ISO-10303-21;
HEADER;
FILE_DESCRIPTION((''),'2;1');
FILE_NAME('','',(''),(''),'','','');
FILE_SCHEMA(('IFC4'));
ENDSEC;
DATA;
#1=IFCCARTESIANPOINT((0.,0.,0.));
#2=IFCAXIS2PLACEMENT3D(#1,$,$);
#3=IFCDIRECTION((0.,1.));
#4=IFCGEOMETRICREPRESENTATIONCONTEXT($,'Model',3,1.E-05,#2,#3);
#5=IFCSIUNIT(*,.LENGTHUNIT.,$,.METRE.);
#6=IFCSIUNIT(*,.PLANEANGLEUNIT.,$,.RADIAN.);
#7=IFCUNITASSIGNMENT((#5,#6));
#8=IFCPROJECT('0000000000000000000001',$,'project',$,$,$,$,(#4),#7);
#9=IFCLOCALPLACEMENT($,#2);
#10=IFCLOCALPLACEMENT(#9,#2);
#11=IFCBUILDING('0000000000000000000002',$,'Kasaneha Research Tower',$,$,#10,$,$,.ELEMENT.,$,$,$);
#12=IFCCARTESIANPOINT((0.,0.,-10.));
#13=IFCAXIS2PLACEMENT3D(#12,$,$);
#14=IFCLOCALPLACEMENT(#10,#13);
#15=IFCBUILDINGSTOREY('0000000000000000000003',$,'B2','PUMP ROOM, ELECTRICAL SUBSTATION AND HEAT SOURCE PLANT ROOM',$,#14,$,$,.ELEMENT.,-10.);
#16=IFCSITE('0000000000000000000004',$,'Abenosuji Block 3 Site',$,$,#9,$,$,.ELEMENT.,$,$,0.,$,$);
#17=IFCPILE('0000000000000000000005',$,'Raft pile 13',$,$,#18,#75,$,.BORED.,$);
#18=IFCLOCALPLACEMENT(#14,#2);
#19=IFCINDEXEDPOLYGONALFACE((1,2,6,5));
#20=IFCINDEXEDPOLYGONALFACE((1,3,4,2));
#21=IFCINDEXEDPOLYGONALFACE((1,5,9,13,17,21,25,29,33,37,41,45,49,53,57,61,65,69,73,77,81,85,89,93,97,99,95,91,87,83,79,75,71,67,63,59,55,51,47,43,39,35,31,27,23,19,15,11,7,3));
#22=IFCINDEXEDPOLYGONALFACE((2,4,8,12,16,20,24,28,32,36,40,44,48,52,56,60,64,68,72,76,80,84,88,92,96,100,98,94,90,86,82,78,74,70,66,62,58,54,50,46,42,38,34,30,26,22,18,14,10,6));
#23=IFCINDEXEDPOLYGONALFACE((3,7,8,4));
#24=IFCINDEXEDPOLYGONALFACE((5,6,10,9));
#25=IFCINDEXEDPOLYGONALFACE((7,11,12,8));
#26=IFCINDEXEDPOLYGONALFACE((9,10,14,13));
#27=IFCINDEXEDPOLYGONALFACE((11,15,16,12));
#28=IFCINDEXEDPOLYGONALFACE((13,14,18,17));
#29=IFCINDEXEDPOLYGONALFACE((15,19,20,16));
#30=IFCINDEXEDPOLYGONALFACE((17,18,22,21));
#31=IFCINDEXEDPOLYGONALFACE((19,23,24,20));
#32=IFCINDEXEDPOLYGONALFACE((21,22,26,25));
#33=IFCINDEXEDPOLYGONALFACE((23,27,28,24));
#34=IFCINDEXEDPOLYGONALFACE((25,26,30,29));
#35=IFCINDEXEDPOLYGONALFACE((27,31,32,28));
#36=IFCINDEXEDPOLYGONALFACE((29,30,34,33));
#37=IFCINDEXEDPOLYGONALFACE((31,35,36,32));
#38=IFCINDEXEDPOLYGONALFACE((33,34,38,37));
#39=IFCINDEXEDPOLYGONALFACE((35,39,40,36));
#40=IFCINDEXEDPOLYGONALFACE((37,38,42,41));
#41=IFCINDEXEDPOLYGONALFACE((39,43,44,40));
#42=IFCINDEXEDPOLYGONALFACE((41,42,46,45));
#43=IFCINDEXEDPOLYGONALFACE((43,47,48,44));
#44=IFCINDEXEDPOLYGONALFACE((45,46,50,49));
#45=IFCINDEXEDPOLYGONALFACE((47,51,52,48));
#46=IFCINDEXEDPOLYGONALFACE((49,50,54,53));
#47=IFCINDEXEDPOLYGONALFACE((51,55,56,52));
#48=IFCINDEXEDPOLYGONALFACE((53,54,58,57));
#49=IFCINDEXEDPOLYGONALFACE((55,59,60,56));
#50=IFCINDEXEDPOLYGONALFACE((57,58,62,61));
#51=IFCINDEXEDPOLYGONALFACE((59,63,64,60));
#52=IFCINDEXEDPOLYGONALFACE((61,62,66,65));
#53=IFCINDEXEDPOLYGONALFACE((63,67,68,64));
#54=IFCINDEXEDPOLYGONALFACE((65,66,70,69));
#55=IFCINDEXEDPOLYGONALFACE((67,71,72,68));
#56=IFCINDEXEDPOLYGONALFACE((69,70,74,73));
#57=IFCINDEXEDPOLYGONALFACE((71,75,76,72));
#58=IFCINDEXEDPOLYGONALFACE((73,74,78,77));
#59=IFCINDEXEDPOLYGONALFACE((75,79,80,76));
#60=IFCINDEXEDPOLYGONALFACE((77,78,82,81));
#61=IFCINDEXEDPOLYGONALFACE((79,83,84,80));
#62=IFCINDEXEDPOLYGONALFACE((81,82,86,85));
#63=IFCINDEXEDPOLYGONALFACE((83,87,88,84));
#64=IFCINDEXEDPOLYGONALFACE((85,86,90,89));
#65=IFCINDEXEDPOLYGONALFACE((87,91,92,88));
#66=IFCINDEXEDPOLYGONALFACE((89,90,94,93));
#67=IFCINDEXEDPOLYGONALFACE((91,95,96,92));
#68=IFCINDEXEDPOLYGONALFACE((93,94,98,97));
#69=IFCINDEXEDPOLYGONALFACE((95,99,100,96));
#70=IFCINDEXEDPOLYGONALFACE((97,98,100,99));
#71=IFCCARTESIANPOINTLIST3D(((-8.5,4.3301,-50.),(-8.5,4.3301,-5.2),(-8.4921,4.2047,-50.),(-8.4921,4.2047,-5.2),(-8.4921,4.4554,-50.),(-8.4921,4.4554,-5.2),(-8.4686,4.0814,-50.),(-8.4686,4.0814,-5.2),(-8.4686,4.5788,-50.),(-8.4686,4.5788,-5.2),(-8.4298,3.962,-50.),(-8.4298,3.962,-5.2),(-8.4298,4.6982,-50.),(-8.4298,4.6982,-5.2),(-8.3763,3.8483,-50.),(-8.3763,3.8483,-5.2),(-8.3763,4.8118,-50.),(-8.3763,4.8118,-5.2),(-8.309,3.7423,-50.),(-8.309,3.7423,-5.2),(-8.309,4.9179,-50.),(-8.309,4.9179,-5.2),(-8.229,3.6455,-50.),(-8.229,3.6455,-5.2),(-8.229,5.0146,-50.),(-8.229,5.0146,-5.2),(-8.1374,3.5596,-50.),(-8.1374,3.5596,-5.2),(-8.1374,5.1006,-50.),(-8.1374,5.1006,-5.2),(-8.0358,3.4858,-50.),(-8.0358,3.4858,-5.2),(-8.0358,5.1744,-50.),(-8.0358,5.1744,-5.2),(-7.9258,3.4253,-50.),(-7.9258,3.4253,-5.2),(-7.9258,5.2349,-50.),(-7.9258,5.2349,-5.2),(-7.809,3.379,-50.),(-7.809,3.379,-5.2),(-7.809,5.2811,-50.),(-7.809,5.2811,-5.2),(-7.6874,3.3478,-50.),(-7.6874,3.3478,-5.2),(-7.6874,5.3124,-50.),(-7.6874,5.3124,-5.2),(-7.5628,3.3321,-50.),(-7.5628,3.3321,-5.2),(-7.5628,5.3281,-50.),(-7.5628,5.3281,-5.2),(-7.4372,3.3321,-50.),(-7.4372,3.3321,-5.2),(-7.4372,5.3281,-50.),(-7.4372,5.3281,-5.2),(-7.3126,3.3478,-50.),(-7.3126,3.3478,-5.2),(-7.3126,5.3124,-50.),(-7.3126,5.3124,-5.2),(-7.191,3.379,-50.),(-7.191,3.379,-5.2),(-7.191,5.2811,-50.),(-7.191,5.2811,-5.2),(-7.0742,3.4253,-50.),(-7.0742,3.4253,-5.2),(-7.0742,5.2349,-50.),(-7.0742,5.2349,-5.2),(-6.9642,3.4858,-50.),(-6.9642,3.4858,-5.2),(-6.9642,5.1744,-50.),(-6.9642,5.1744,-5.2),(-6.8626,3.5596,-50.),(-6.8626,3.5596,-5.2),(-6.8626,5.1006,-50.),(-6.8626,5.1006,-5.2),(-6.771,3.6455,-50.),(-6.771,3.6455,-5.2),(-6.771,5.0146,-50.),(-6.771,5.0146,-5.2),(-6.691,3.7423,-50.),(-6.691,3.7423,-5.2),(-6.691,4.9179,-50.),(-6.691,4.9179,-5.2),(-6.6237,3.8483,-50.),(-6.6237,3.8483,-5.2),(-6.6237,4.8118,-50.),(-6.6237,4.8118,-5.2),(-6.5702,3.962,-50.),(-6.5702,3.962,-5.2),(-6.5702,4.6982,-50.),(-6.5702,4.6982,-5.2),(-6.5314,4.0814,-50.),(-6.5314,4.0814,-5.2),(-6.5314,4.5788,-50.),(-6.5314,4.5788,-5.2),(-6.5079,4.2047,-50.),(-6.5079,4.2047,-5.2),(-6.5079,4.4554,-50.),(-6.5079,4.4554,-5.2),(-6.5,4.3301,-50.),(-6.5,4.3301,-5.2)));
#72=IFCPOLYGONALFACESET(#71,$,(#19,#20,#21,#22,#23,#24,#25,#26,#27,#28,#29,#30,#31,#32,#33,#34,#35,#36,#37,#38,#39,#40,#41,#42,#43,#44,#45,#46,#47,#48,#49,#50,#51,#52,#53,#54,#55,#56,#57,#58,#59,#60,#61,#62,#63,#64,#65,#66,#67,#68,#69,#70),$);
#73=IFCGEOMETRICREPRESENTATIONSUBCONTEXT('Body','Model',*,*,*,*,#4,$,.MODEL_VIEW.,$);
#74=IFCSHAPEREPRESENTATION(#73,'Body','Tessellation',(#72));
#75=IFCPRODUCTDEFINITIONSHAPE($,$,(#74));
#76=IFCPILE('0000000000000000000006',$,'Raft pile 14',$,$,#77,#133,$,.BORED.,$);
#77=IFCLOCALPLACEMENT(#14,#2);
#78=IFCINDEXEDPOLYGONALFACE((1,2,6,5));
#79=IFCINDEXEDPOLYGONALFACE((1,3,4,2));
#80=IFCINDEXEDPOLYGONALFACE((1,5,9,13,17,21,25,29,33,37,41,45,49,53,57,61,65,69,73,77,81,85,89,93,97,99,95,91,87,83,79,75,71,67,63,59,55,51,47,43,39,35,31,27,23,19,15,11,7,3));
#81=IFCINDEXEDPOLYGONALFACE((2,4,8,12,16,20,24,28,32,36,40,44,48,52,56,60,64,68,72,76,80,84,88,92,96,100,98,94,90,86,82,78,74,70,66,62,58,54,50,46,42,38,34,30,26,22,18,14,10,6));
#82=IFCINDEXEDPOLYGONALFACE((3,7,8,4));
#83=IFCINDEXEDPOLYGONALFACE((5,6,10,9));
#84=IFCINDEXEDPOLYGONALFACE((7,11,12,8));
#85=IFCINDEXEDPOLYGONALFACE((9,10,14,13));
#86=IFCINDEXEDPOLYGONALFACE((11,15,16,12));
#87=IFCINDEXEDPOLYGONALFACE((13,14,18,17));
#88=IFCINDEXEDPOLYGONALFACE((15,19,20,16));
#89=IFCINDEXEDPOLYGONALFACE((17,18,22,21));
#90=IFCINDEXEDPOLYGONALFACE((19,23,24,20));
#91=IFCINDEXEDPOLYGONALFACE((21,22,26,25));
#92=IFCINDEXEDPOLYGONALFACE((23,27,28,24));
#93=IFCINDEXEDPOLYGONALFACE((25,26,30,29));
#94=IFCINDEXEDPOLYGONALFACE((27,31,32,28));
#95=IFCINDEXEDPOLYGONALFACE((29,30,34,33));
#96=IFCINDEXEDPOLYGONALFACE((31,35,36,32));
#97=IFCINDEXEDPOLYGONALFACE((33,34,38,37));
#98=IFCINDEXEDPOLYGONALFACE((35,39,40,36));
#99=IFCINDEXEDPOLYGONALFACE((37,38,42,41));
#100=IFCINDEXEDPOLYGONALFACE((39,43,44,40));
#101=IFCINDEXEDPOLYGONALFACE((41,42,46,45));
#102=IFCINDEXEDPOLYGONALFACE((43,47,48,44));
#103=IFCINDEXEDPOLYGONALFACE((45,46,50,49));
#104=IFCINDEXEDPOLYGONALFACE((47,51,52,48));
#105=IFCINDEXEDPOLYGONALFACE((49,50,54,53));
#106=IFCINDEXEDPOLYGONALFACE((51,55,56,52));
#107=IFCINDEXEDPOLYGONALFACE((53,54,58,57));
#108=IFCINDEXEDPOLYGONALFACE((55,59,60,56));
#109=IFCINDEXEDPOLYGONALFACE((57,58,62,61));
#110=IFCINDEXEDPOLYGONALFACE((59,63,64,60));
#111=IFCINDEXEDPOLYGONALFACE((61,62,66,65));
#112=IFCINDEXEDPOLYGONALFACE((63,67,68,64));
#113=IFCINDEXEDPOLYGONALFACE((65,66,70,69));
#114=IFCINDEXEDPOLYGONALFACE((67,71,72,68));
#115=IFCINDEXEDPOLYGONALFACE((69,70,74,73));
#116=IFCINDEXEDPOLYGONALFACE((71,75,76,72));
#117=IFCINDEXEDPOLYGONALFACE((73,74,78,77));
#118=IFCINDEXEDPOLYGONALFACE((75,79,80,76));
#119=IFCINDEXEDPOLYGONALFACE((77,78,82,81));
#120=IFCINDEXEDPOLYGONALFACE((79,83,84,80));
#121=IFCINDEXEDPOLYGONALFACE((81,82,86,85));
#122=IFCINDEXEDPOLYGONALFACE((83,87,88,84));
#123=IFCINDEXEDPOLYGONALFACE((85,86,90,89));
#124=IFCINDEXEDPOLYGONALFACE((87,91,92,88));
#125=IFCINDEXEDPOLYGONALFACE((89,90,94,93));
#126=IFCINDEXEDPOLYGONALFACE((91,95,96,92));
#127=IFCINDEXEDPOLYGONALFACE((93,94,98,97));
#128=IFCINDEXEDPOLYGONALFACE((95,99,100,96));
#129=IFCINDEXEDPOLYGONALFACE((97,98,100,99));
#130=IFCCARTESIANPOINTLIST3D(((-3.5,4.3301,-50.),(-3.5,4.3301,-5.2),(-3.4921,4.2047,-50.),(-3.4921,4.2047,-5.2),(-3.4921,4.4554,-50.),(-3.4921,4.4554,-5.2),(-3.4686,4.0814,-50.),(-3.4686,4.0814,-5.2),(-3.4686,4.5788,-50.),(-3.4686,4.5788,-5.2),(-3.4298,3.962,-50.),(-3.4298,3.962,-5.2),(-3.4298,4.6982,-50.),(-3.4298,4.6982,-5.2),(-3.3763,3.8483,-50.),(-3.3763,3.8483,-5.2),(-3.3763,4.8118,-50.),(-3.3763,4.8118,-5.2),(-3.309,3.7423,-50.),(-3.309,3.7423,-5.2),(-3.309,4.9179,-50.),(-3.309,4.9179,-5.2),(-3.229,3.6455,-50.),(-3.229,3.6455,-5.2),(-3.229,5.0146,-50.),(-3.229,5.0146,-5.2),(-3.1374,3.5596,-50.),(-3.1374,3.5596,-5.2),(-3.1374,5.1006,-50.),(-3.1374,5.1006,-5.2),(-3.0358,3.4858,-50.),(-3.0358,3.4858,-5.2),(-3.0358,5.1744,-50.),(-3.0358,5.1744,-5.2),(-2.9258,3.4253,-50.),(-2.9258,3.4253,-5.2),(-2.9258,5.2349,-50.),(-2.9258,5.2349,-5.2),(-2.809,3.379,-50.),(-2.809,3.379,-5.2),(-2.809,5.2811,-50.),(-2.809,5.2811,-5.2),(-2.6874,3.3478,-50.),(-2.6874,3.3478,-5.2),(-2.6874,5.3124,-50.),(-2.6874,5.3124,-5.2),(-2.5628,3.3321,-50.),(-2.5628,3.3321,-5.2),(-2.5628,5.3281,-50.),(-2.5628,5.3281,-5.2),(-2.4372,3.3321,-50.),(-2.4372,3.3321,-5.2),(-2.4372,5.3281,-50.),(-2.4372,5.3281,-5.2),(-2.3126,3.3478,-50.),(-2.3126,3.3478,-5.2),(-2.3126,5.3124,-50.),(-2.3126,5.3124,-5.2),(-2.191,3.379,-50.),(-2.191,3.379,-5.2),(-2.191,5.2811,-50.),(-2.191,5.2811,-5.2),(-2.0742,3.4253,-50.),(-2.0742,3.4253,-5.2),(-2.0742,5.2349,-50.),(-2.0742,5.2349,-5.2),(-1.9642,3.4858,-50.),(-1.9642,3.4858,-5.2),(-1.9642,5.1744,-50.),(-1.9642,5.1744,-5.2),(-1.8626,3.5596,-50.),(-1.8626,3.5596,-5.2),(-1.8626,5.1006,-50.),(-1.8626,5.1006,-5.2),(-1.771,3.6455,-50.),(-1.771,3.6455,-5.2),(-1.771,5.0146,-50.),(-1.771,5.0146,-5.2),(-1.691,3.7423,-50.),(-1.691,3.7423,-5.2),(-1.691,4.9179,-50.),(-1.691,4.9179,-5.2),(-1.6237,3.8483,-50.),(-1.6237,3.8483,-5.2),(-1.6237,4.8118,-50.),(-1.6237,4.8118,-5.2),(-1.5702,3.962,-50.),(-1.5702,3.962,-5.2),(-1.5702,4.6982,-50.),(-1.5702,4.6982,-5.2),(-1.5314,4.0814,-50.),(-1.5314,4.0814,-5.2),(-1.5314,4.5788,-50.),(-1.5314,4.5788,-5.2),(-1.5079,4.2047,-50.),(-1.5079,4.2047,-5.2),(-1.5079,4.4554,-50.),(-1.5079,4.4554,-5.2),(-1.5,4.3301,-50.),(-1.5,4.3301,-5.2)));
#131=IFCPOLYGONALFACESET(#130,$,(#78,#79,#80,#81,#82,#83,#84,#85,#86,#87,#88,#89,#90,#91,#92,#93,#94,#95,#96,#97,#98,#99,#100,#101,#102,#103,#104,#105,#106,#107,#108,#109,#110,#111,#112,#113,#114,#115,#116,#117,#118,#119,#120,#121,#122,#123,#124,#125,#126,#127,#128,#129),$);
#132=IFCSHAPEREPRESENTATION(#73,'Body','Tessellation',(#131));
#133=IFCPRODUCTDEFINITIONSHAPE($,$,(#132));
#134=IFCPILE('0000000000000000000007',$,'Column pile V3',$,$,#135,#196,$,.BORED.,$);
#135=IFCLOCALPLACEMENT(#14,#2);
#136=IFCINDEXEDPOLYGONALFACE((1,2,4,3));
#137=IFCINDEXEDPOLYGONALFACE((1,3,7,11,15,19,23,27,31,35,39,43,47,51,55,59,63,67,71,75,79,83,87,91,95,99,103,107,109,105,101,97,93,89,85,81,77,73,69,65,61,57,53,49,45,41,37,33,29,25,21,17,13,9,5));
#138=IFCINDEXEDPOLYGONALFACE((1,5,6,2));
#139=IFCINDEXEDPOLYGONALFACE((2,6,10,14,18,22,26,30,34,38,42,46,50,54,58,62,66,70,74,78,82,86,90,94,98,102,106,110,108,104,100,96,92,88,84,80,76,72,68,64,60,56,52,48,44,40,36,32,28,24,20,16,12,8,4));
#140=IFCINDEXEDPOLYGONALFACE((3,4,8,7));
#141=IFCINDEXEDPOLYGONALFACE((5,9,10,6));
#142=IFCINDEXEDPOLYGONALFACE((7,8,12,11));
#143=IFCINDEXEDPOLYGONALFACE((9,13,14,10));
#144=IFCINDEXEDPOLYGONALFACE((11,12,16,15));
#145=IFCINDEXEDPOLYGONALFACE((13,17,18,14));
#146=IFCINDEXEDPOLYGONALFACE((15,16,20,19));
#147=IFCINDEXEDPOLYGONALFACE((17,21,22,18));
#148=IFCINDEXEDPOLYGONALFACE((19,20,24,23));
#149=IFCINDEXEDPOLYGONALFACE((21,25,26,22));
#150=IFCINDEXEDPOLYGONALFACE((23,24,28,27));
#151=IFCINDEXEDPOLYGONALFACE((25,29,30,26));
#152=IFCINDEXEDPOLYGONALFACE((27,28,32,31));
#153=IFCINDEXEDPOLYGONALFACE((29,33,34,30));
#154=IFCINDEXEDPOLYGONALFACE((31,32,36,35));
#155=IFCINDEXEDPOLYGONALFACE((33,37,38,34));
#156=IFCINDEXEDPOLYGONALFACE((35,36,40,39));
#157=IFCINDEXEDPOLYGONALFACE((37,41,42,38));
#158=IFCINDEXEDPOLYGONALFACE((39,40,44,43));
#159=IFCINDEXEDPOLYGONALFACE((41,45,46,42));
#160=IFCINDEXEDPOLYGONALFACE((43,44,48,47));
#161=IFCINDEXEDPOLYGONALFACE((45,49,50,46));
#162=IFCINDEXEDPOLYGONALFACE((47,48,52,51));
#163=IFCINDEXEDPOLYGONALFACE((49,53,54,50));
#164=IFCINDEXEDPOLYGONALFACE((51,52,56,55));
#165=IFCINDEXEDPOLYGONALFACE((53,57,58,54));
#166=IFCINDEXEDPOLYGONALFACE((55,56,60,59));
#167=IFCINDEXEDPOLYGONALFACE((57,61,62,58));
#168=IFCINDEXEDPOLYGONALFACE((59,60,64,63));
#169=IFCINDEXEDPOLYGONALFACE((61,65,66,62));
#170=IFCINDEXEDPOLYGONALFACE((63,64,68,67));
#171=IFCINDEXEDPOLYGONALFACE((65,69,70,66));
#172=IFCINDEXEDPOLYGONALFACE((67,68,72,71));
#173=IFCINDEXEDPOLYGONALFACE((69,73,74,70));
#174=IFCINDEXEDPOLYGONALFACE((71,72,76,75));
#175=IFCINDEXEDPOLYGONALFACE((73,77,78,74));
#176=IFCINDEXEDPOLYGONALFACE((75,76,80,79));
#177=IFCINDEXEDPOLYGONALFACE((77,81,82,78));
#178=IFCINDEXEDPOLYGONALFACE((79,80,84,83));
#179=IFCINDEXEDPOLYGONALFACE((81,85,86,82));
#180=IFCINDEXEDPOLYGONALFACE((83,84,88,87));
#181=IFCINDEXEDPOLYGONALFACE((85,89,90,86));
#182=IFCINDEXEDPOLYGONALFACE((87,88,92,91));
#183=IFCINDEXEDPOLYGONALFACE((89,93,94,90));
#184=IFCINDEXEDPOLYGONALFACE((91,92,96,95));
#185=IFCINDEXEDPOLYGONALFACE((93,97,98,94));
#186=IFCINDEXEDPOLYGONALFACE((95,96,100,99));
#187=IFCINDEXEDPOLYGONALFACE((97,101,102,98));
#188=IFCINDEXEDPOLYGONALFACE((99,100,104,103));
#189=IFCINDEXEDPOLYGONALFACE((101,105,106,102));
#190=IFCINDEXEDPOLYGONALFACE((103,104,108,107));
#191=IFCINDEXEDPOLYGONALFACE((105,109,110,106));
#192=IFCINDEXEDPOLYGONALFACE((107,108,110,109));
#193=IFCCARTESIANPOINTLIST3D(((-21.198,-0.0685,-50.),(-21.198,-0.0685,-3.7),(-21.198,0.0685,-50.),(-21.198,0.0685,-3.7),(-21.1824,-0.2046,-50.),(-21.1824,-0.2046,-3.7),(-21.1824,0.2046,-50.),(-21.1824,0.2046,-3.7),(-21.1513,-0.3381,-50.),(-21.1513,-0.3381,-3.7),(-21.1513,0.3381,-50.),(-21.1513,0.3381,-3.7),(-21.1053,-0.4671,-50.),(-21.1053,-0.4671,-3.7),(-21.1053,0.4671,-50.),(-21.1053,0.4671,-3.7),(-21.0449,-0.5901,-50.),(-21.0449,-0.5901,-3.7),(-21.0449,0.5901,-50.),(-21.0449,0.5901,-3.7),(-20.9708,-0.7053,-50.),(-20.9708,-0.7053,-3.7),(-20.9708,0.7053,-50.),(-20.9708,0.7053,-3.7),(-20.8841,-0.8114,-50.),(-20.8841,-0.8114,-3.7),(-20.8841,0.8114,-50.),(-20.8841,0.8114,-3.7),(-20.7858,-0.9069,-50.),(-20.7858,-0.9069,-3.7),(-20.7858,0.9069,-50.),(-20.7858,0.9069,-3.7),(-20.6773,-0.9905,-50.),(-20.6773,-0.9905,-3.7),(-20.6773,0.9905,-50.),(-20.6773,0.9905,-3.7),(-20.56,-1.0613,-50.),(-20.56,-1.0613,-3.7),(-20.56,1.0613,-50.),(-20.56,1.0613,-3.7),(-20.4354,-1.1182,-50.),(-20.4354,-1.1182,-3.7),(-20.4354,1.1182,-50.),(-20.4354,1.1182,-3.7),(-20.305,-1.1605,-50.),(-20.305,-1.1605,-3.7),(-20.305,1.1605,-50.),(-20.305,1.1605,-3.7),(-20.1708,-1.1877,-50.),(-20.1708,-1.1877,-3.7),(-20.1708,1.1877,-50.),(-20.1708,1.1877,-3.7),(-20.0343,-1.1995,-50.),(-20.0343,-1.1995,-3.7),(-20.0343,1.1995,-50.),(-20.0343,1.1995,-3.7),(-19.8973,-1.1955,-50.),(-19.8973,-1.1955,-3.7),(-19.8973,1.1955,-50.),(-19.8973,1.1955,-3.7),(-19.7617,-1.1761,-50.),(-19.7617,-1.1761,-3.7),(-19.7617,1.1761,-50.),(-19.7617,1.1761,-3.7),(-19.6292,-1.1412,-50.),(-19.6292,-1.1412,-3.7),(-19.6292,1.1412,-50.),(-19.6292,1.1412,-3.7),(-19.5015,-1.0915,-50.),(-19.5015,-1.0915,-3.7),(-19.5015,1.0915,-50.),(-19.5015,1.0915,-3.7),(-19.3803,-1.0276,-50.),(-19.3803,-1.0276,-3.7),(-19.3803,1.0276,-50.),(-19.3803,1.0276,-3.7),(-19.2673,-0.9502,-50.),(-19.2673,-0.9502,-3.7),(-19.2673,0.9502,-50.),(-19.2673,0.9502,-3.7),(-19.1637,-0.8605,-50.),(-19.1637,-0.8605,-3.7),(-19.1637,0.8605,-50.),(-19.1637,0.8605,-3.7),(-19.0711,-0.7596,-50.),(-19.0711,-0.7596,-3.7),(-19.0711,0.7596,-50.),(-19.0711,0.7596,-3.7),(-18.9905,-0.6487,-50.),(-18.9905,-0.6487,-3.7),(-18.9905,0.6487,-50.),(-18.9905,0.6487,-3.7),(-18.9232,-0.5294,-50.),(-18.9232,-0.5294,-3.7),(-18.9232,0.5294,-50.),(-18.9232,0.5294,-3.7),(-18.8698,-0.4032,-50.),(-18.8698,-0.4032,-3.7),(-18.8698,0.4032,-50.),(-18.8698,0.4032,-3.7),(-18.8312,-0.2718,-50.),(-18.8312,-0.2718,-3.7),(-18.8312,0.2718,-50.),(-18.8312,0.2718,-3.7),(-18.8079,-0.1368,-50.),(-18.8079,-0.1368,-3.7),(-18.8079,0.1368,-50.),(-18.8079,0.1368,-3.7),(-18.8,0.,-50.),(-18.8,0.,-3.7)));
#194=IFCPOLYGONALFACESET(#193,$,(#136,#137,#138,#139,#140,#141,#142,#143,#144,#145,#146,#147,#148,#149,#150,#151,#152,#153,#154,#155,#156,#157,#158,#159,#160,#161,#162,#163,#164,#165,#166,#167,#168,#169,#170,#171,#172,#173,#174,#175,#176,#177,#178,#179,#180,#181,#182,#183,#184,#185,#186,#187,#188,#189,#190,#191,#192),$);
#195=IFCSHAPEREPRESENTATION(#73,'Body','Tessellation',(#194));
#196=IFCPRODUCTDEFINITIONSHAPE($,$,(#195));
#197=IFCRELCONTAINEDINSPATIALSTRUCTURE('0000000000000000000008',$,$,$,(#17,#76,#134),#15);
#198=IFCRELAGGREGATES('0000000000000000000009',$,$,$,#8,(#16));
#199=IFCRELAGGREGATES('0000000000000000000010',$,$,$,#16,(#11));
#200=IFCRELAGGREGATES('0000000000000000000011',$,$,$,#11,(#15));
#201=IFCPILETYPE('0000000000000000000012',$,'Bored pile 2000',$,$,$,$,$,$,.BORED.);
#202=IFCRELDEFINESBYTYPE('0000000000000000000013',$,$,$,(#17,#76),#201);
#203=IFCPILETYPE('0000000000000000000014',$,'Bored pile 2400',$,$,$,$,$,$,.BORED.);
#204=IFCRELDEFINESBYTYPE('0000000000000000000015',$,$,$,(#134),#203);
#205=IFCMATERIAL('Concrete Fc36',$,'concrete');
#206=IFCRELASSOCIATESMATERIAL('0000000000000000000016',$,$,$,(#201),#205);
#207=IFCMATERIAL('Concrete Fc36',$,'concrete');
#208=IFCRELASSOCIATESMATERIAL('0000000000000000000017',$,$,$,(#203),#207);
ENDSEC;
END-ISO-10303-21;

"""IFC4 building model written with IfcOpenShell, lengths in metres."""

from ifc_helpers import new_model, si_unit, direction, frame, origin, origin_2d, place, context, subcontext, project, spatial, circle, extrude, material, material_profile, profile_set, type_object, element, save


model = new_model("IFC4")

# Units and contexts
model_context = context("Model", 3, precision=1e-05, world=origin(), true_north=direction((0.0, 1.0)))
body_context = subcontext(model_context, "Body", "Model", "MODEL_VIEW")
ifc_project = project(units=[si_unit("LENGTHUNIT", "METRE"), si_unit("PLANEANGLEUNIT", "RADIAN")], contexts=[model_context])

# Site, building, storey
site_placement = place(None, origin())
site = spatial("IfcSite", under=ifc_project, at=site_placement, Name="Abenosuji Block 3 Site", CompositionType="ELEMENT", RefElevation=0.0)
building_placement = place(site_placement, origin())
building = spatial("IfcBuilding", under=site, at=building_placement, Name="Kasaneha Research Tower", CompositionType="ELEMENT")
storey_placement = place(building_placement, frame((0.0, 0.0, -10.0)))
storey = spatial("IfcBuildingStorey", under=building, at=storey_placement, Name="B2", Description="PUMP ROOM, ELECTRICAL SUBSTATION AND HEAT SOURCE PLANT ROOM", CompositionType="ELEMENT", Elevation=-10.0)

# Piles
ifc_material_1 = material(Name="Concrete Fc36", Category="concrete")
ifc_material_profile_1 = material_profile(ifc_material_1, circle(Radius=1.0, at=origin_2d()), Name="Bored pile 2000")
ifc_profile_set_1 = profile_set([ifc_material_profile_1], Name="Concrete Fc36")
pile_type_1 = type_object("IfcPileType", Name="Bored pile 2000", PredefinedType="BORED", material=ifc_profile_set_1)
for number, where, z_axis, x_axis, name in (
    (1, (-7.5, 4.3301, -5.2), (0.0, 0.0, -1.0), (1.0, 0.0, 0.0), "Raft pile 13"),
    (2, (-2.5, 4.3301, -5.2), (0.0, 0.0, -1.0), (1.0, 0.0, 0.0), "Raft pile 14"),
):
    element("IfcPile", number, at=place(storey_placement, frame(where, z_axis=z_axis, x_axis=x_axis)), inside=storey, type_object=pile_type_1, Name=name, PredefinedType="BORED", context=body_context, shape_type="SweptSolid", body=[
        extrude(circle(Radius=1.0, at=origin_2d()), origin(), (0.0, 0.0, 1.0), 44.8),
    ])
ifc_material_2 = material(Name="Concrete Fc36", Category="concrete")
ifc_material_profile_2 = material_profile(ifc_material_2, circle(Radius=1.2, at=origin_2d()), Name="Bored pile 2400")
ifc_profile_set_2 = profile_set([ifc_material_profile_2], Name="Concrete Fc36")
pile_type_2 = type_object("IfcPileType", Name="Bored pile 2400", PredefinedType="BORED", material=ifc_profile_set_2)
pile_placement = place(storey_placement, frame((-20.0, 0.0, -3.7), z_axis=(0.0, 0.0, -1.0), x_axis=(1.0, 0.0, 0.0)))
element("IfcPile", 3, at=pile_placement, inside=storey, type_object=pile_type_2, Name="Column pile V3", PredefinedType="BORED", context=body_context, shape_type="SweptSolid", body=[
    extrude(circle(Radius=1.2, at=origin_2d()), origin(), (0.0, 0.0, 1.0), 46.3),
])

save(model, "model.ifc")
